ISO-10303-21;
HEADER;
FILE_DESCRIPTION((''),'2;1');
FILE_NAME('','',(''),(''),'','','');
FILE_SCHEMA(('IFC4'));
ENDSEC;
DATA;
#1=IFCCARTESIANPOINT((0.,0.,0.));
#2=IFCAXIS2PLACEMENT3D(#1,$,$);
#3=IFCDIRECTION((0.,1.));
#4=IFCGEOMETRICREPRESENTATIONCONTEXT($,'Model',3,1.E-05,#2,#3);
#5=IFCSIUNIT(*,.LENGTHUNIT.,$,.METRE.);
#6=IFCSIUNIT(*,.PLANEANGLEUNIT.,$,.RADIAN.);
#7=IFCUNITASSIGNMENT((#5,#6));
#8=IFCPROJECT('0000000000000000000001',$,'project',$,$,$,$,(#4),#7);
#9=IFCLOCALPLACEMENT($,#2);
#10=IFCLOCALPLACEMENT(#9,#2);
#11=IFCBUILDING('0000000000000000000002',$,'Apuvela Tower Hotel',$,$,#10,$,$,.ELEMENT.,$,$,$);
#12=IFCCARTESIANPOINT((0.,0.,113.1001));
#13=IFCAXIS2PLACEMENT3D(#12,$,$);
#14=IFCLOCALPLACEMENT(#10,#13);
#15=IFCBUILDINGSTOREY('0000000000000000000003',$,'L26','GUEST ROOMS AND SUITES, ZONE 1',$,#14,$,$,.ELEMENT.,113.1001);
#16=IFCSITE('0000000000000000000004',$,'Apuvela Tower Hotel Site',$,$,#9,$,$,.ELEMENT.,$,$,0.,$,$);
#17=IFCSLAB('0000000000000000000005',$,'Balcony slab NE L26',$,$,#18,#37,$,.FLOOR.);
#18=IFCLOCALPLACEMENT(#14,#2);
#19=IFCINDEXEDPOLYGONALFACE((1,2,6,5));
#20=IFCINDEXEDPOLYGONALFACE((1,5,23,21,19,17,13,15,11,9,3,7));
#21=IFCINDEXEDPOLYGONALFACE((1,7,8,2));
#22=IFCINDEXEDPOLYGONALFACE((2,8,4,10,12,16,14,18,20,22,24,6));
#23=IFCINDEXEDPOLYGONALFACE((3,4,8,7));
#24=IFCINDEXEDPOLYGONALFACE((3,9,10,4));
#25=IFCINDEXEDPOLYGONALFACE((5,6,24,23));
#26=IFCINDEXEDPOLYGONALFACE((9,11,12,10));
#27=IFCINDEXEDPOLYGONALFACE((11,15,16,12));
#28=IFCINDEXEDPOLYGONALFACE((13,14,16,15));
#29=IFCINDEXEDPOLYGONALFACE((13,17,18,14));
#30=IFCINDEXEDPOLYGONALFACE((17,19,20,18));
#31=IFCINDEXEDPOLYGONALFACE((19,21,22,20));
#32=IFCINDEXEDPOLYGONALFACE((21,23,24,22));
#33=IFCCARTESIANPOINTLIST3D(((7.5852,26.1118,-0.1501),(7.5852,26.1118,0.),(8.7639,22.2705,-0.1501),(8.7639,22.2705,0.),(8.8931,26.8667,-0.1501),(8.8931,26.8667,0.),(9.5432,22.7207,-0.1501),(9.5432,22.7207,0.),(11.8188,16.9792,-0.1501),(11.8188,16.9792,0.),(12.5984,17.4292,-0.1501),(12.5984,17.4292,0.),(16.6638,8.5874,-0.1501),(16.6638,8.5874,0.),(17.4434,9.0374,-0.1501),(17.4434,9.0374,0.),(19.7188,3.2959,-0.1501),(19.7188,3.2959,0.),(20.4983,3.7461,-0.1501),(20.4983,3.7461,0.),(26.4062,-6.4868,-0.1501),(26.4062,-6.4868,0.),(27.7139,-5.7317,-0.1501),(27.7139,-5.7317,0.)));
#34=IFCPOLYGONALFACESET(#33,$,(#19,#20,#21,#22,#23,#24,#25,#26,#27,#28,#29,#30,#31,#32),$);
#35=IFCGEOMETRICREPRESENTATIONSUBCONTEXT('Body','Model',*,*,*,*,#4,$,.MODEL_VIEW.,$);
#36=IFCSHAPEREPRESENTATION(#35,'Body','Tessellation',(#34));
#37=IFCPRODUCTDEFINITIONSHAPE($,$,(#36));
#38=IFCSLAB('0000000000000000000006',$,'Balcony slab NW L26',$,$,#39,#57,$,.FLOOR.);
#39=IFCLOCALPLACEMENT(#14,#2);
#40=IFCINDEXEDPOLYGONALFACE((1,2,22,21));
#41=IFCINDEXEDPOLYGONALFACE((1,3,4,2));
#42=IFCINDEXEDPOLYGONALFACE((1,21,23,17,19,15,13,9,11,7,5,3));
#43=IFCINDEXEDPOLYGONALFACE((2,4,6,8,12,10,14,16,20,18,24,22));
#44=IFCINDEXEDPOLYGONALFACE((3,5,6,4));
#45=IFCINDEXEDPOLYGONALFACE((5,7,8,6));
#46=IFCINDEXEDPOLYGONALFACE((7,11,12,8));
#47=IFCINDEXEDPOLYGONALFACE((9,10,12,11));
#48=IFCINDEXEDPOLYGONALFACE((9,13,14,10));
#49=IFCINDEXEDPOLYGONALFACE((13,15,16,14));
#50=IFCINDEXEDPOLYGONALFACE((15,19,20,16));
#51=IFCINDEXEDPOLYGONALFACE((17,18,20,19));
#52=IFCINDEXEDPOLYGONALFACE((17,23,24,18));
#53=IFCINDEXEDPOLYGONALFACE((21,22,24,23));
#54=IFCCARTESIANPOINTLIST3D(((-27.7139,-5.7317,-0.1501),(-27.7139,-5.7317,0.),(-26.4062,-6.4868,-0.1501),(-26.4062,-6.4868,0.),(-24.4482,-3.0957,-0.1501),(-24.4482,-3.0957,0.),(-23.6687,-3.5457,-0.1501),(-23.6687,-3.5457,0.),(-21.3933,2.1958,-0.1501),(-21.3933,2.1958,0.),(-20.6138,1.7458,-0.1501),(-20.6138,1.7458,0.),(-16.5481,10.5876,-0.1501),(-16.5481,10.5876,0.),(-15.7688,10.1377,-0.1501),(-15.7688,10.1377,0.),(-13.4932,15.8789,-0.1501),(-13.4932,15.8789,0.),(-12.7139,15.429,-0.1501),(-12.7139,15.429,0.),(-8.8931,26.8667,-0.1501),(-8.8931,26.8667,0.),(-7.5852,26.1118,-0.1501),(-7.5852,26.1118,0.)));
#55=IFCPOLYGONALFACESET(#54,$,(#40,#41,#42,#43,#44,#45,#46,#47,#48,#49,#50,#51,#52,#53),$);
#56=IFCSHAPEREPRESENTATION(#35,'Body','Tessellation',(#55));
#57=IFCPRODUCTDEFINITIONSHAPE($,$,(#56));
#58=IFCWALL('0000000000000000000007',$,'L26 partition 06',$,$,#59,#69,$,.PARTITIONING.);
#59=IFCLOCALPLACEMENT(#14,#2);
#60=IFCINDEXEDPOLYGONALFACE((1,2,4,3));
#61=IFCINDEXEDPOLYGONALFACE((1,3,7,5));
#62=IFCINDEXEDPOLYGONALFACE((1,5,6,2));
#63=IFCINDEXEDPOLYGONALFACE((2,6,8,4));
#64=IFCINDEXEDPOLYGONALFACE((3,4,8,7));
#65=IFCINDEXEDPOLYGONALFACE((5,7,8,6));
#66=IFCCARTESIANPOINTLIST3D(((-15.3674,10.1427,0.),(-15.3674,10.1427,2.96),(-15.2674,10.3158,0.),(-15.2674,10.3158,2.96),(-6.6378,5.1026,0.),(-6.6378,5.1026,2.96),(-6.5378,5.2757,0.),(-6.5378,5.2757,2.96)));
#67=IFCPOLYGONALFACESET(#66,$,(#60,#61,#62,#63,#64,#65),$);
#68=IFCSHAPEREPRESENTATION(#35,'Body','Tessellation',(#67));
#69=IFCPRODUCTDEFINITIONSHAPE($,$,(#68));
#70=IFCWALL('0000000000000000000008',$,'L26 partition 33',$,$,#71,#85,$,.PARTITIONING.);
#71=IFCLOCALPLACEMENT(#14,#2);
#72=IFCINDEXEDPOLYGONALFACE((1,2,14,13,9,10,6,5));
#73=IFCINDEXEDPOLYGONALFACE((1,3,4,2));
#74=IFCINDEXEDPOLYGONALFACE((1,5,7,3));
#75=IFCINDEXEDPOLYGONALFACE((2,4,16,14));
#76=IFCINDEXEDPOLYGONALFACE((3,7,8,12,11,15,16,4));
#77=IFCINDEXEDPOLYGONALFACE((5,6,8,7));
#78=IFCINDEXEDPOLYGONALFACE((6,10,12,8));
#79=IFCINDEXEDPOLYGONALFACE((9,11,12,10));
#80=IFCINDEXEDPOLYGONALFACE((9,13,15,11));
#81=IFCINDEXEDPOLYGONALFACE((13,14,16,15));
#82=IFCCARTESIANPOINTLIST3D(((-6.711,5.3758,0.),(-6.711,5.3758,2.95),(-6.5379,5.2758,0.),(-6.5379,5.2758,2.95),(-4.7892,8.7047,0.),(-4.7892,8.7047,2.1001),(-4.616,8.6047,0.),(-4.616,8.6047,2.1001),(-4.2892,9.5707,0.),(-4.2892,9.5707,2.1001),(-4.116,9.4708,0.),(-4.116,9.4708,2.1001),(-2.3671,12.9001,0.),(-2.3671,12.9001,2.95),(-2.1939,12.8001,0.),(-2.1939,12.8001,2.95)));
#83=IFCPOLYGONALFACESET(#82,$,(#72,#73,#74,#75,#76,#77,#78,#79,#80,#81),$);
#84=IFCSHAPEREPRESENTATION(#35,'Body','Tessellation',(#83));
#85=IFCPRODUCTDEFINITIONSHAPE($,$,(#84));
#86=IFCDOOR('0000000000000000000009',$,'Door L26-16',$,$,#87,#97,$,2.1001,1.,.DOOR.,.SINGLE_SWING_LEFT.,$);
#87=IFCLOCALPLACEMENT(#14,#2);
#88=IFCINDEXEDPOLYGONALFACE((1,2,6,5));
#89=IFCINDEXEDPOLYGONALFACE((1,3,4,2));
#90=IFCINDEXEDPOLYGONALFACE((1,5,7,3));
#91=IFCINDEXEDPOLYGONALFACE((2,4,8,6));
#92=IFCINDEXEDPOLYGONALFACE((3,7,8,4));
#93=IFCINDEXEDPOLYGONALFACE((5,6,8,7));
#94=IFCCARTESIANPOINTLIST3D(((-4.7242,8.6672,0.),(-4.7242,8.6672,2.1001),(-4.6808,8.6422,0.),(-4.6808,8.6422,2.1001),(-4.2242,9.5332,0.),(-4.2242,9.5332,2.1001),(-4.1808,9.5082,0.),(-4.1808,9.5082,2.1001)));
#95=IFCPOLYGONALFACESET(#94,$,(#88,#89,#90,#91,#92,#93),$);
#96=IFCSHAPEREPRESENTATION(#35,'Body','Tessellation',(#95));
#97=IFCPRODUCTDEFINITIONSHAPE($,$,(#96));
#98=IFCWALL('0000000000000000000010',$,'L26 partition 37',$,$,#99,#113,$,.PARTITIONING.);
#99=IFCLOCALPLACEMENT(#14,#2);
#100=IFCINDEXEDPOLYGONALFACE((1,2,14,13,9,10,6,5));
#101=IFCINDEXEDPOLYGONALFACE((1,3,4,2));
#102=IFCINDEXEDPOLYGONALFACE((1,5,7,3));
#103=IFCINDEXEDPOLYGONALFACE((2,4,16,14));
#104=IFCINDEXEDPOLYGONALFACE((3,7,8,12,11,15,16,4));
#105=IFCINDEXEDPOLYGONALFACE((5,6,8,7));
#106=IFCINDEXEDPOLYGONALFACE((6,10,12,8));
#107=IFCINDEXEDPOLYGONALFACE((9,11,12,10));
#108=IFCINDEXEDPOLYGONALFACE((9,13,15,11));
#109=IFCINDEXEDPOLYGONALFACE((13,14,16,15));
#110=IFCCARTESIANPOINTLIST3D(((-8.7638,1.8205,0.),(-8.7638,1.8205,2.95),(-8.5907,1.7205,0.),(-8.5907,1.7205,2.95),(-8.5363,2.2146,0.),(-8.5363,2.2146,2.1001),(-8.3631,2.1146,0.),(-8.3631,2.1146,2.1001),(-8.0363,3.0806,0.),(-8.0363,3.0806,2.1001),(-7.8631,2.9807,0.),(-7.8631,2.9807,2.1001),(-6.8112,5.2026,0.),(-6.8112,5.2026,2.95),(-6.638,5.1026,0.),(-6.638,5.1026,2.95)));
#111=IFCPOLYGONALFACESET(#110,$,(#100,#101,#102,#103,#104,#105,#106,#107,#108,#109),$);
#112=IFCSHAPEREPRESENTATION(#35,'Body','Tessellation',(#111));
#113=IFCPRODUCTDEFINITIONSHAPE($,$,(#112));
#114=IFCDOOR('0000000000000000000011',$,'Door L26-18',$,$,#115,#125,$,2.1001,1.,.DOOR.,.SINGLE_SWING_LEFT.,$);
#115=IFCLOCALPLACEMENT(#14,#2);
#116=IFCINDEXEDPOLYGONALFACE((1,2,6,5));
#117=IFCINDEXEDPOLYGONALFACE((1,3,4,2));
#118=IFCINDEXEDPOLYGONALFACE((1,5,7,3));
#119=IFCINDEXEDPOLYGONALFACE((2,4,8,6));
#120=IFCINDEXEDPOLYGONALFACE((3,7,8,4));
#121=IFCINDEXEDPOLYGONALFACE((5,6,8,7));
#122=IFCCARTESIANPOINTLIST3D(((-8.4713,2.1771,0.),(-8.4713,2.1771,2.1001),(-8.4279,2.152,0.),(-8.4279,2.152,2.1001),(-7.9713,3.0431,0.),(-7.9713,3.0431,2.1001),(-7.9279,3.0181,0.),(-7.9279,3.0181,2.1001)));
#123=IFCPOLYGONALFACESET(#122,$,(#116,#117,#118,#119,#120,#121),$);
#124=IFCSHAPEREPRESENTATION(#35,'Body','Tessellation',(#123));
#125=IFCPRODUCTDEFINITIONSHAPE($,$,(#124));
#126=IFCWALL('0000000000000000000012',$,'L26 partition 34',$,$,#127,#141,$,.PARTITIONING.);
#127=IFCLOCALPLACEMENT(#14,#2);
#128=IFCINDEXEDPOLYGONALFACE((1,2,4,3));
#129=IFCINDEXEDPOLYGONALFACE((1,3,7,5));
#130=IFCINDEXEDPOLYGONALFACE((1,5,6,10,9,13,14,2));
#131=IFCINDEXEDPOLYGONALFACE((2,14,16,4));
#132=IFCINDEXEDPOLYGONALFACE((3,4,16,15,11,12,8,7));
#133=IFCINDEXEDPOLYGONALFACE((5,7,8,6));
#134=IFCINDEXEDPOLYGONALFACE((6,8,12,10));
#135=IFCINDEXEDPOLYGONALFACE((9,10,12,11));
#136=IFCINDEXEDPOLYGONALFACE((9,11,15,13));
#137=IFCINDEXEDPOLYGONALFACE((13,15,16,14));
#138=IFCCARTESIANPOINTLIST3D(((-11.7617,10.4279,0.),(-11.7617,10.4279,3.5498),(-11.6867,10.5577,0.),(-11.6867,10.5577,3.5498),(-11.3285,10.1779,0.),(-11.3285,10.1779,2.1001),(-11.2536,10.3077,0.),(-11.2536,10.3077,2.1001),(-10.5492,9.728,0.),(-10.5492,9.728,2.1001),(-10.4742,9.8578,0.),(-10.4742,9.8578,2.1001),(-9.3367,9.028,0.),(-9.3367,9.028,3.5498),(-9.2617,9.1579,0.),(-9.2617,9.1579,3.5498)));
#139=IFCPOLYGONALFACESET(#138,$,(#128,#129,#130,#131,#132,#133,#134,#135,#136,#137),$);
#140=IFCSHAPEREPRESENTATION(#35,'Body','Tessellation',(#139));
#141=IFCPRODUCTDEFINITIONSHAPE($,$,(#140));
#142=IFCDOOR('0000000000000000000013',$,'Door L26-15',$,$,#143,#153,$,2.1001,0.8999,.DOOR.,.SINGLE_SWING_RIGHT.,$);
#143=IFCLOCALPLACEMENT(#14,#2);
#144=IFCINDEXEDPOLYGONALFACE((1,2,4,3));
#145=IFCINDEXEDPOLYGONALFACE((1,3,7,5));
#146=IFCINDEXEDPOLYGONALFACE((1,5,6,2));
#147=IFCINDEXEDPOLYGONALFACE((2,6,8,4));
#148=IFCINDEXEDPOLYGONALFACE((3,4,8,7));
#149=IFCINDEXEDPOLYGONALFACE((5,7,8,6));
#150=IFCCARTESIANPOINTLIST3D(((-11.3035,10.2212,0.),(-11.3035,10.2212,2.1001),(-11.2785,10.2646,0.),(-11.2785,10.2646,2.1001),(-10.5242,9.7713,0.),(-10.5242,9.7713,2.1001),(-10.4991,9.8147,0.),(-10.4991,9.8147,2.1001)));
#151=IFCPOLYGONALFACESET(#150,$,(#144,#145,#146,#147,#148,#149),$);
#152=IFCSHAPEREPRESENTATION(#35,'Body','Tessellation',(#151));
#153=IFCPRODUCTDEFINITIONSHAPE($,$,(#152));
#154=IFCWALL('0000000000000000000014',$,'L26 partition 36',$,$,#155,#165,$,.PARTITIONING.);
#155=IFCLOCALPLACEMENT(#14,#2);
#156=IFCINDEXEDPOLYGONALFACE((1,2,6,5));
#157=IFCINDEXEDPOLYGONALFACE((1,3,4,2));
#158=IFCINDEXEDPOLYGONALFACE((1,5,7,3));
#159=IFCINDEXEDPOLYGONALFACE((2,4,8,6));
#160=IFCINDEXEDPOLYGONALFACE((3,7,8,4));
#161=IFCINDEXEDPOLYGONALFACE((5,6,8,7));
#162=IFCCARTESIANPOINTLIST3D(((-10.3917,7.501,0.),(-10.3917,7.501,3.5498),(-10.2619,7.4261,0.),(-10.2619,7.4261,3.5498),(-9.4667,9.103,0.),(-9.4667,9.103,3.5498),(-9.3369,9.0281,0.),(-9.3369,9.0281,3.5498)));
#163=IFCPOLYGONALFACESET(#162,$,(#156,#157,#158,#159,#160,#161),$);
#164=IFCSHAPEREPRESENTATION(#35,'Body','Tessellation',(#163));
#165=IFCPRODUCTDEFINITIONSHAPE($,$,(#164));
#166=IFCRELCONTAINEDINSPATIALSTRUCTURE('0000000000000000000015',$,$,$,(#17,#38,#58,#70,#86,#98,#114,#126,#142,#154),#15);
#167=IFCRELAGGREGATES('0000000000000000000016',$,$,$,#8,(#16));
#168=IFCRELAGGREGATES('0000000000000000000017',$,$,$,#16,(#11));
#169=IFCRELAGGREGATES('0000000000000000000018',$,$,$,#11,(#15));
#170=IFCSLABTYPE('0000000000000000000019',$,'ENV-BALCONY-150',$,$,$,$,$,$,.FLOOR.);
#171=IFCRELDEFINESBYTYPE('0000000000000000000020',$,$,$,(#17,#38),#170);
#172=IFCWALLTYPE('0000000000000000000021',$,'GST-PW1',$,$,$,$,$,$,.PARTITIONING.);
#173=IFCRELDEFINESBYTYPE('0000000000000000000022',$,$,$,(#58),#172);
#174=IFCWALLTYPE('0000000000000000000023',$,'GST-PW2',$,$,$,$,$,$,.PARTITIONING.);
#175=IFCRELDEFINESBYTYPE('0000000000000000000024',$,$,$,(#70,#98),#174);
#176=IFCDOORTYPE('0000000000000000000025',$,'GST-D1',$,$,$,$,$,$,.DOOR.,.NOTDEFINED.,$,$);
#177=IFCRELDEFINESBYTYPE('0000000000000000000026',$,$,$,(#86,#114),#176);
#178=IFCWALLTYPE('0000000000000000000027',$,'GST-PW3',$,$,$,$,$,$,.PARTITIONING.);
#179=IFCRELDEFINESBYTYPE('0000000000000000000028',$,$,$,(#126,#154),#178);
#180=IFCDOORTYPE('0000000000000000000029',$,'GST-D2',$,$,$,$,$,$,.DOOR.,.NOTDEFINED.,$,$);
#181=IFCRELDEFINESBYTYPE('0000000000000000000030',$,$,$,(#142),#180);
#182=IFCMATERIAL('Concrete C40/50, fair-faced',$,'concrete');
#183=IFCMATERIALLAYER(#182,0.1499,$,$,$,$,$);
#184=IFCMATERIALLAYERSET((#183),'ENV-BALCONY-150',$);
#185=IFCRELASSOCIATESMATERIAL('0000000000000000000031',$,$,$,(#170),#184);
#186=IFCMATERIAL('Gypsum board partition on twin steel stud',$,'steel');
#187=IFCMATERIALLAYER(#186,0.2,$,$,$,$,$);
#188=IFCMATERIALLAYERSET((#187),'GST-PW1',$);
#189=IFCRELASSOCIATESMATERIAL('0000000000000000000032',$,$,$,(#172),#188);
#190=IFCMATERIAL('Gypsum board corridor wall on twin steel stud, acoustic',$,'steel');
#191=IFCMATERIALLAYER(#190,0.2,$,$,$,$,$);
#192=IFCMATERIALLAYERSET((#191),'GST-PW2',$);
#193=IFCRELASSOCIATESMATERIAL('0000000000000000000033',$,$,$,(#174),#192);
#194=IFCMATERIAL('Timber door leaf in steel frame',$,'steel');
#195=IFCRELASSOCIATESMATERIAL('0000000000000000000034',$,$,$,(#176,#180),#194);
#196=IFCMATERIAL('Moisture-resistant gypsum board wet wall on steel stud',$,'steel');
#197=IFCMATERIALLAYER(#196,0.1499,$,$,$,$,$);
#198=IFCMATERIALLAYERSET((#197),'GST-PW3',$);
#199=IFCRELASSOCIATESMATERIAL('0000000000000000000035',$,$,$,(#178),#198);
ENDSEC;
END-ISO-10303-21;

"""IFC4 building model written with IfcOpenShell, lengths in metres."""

from ifc_helpers import new_model, si_unit, direction, frame, frame_2d, origin, place, context, subcontext, project, spatial, polyline, rectangle, outline, extrude, material, layer, layer_set, type_object, element, fill, save


model = new_model("IFC4")

# Units and contexts
model_context = context("Model", 3, precision=1e-05, world=origin(), true_north=direction((0.0, 1.0)))
body_context = subcontext(model_context, "Body", "Model", "MODEL_VIEW")
ifc_project = project(units=[si_unit("LENGTHUNIT", "METRE"), si_unit("PLANEANGLEUNIT", "RADIAN")], contexts=[model_context])

# Site, building, storey
site_placement = place(None, origin())
site = spatial("IfcSite", under=ifc_project, at=site_placement, Name="Apuvela Tower Hotel Site", CompositionType="ELEMENT", RefElevation=0.0)
building_placement = place(site_placement, origin())
building = spatial("IfcBuilding", under=site, at=building_placement, Name="Apuvela Tower Hotel", CompositionType="ELEMENT")
storey_placement = place(building_placement, frame((0.0, 0.0, 113.1001)))
storey = spatial("IfcBuildingStorey", under=building, at=storey_placement, Name="L26", Description="GUEST ROOMS AND SUITES, ZONE 1", CompositionType="ELEMENT", Elevation=113.1001)

# Slabs
ifc_material_1 = material(Name="Concrete C40/50, fair-faced", Category="concrete")
ifc_layer_1 = layer(ifc_material_1, 0.1499)
ifc_layer_set_1 = layer_set([ifc_layer_1], Name="ENV-BALCONY-150")
slab_type_1 = type_object("IfcSlabType", Name="ENV-BALCONY-150", PredefinedType="FLOOR", material=ifc_layer_set_1)
slab_1_placement = place(storey_placement, frame((0.0, 0.0, -0.1501)))
element("IfcSlab", 1, at=slab_1_placement, inside=storey, type_object=slab_type_1, Name="Balcony slab NE L26", PredefinedType="FLOOR", context=body_context, shape_type="SweptSolid", body=[
    extrude(outline(polyline([(17.4434, 9.0374), (12.5984, 17.4292), (11.8188, 16.9792), (8.7639, 22.2705), (9.5432, 22.7207), (7.5852, 26.1118), (8.8931, 26.8667), (27.7139, -5.7317), (26.4062, -6.4868), (20.4983, 3.7461), (19.7188, 3.2959), (16.6638, 8.5874), (17.4434, 9.0374)])), origin(), (0.0, 0.0, 1.0), 0.1501),
])
slab_2_placement = place(storey_placement, frame((0.0, 0.0, -0.1501)))
element("IfcSlab", 2, at=slab_2_placement, inside=storey, type_object=slab_type_1, Name="Balcony slab NW L26", PredefinedType="FLOOR", context=body_context, shape_type="SweptSolid", body=[
    extrude(outline(polyline([(-27.7139, -5.7317), (-8.8931, 26.8667), (-7.5852, 26.1118), (-13.4932, 15.8789), (-12.7139, 15.429), (-15.7688, 10.1377), (-16.5481, 10.5876), (-21.3933, 2.1958), (-20.6138, 1.7458), (-23.6687, -3.5457), (-24.4482, -3.0957), (-26.4062, -6.4868), (-27.7139, -5.7317)])), origin(), (0.0, 0.0, 1.0), 0.1501),
])

# Wall
ifc_material_2 = material(Name="Gypsum board partition on twin steel stud", Category="steel")
ifc_layer_2 = layer(ifc_material_2, 0.2)
ifc_layer_set_2 = layer_set([ifc_layer_2], Name="GST-PW1")
wall_type_1 = type_object("IfcWallType", Name="GST-PW1", PredefinedType="PARTITIONING", material=ifc_layer_set_2)
wall_1_placement = place(storey_placement, frame((-15.3174, 10.2292, 0.0), z_axis=(0.0, 0.0, 1.0), x_axis=(0.866023, -0.500005, 0.0)))
element("IfcWall", 3, at=wall_1_placement, inside=storey, type_object=wall_type_1, Name="L26 partition 06", PredefinedType="PARTITIONING", context=body_context, shape_type="SweptSolid", body=[
    extrude(rectangle(XDim=10.0801, YDim=0.2, at=frame_2d((5.04, 0.0))), origin(), (0.0, 0.0, 1.0), 2.96),
])

# Walls, openings, doors
ifc_material_3 = material(Name="Gypsum board corridor wall on twin steel stud, acoustic", Category="steel")
ifc_layer_3 = layer(ifc_material_3, 0.2)
ifc_layer_set_3 = layer_set([ifc_layer_3], Name="GST-PW2")
wall_type_2 = type_object("IfcWallType", Name="GST-PW2", PredefinedType="PARTITIONING", material=ifc_layer_set_3)
wall_2_placement = place(storey_placement, frame((-6.6245, 5.3257, 0.0), z_axis=(0.0, 0.0, 1.0), x_axis=(0.49998, 0.866037, 0.0)))
wall_2 = element("IfcWall", 4, at=wall_2_placement, inside=storey, type_object=wall_type_2, Name="L26 partition 33", PredefinedType="PARTITIONING", context=body_context, shape_type="SweptSolid", body=[
    extrude(rectangle(XDim=8.6882, YDim=0.2, at=frame_2d((4.3442, 0.0))), origin(), (0.0, 0.0, 1.0), 2.95),
])
opening_1_placement = place(wall_2_placement, frame((3.844, 0.0, 0.0)))
opening_1 = element("IfcOpeningElement", 5, at=opening_1_placement, cuts=wall_2, PredefinedType="OPENING", context=body_context, shape_type="SweptSolid", body=[
    extrude(rectangle(XDim=1.0, YDim=2.1001, at=frame_2d((0.5, 1.05))), frame((0.0, 0.1099, 0.0), z_axis=(0.0, -1.0, 0.0), x_axis=(1.0, 0.0, 0.0)), (0.0, 0.0, 1.0), 0.22),
])
ifc_material_4 = material(Name="Timber door leaf in steel frame", Category="steel")
door_type_1 = type_object("IfcDoorType", Name="GST-D1", OperationType="NOTDEFINED", PredefinedType="DOOR", material=ifc_material_4)
door_1_placement = place(opening_1_placement, origin())
door_1 = element("IfcDoor", 6, at=door_1_placement, inside=storey, type_object=door_type_1, Name="Door L26-16", OperationType="SINGLE_SWING_LEFT", OverallHeight=2.1001, OverallWidth=1.0, PredefinedType="DOOR", context=body_context, shape_type="SweptSolid", body=[
    extrude(rectangle(XDim=1.0, YDim=2.1001, at=frame_2d((0.5, 1.05))), frame((0.0, 0.0249, 0.0), z_axis=(0.0, -1.0, 0.0), x_axis=(1.0, 0.0, 0.0)), (0.0, 0.0, 1.0), 0.05),
])
fill(opening_1, door_1)
wall_3_placement = place(storey_placement, frame((-8.6772, 1.7705, 0.0), z_axis=(0.0, 0.0, 1.0), x_axis=(0.499998, 0.866026, 0.0)))
wall_3 = element("IfcWall", 7, at=wall_3_placement, inside=storey, type_object=wall_type_2, Name="L26 partition 37", PredefinedType="PARTITIONING", context=body_context, shape_type="SweptSolid", body=[
    extrude(rectangle(XDim=3.9053, YDim=0.2, at=frame_2d((1.9526, 0.0))), origin(), (0.0, 0.0, 1.0), 2.95),
])
opening_2_placement = place(wall_3_placement, frame((0.4551, 0.0, 0.0)))
opening_2 = element("IfcOpeningElement", 8, at=opening_2_placement, cuts=wall_3, PredefinedType="OPENING", context=body_context, shape_type="SweptSolid", body=[
    extrude(rectangle(XDim=1.0, YDim=2.1001, at=frame_2d((0.5, 1.05))), frame((0.0, 0.1099, 0.0), z_axis=(0.0, -1.0, 0.0), x_axis=(1.0, 0.0, 0.0)), (0.0, 0.0, 1.0), 0.22),
])
door_2_placement = place(opening_2_placement, origin())
door_2 = element("IfcDoor", 9, at=door_2_placement, inside=storey, type_object=door_type_1, Name="Door L26-18", OperationType="SINGLE_SWING_LEFT", OverallHeight=2.1001, OverallWidth=1.0, PredefinedType="DOOR", context=body_context, shape_type="SweptSolid", body=[
    extrude(rectangle(XDim=1.0, YDim=2.1001, at=frame_2d((0.5, 1.05))), frame((0.0, 0.0249, 0.0), z_axis=(0.0, -1.0, 0.0), x_axis=(1.0, 0.0, 0.0)), (0.0, 0.0, 1.0), 0.05),
])
fill(opening_2, door_2)
ifc_material_5 = material(Name="Moisture-resistant gypsum board wet wall on steel stud", Category="steel")
ifc_layer_4 = layer(ifc_material_5, 0.1499)
ifc_layer_set_4 = layer_set([ifc_layer_4], Name="GST-PW3")
wall_type_3 = type_object("IfcWallType", Name="GST-PW3", PredefinedType="PARTITIONING", material=ifc_layer_set_4)
wall_4_placement = place(storey_placement, frame((-9.2993, 9.093, 0.0), z_axis=(0.0, 0.0, 1.0), x_axis=(-0.866056, 0.499946, 0.0)))
wall_4 = element("IfcWall", 10, at=wall_4_placement, inside=storey, type_object=wall_type_3, Name="L26 partition 34", PredefinedType="PARTITIONING", context=body_context, shape_type="SweptSolid", body=[
    extrude(rectangle(XDim=2.8, YDim=0.1499, at=frame_2d((1.3999, 0.0))), origin(), (0.0, 0.0, 1.0), 3.5498),
])
opening_3_placement = place(wall_4_placement, frame((1.3999, 0.0, 0.0)))
opening_3 = element("IfcOpeningElement", 11, at=opening_3_placement, cuts=wall_4, PredefinedType="OPENING", context=body_context, shape_type="SweptSolid", body=[
    extrude(rectangle(XDim=0.8999, YDim=2.1001, at=frame_2d((0.45, 1.05))), frame((0.0, 0.085, 0.0), z_axis=(0.0, -1.0, 0.0), x_axis=(1.0, 0.0, 0.0)), (0.0, 0.0, 1.0), 0.1699),
])
door_type_2 = type_object("IfcDoorType", Name="GST-D2", OperationType="NOTDEFINED", PredefinedType="DOOR", material=ifc_material_4)
door_3_placement = place(opening_3_placement, origin())
door_3 = element("IfcDoor", 12, at=door_3_placement, inside=storey, type_object=door_type_2, Name="Door L26-15", OperationType="SINGLE_SWING_RIGHT", OverallHeight=2.1001, OverallWidth=0.8999, PredefinedType="DOOR", context=body_context, shape_type="SweptSolid", body=[
    extrude(rectangle(XDim=0.8999, YDim=2.1001, at=frame_2d((0.45, 1.05))), frame((0.0, 0.0249, 0.0), z_axis=(0.0, -1.0, 0.0), x_axis=(1.0, 0.0, 0.0)), (0.0, 0.0, 1.0), 0.05),
])
fill(opening_3, door_3)

# Wall
wall_5_placement = place(storey_placement, frame((-9.4019, 9.0654, 0.0), z_axis=(0.0, 0.0, 1.0), x_axis=(-0.500042, -0.866001, 0.0)))
element("IfcWall", 13, at=wall_5_placement, inside=storey, type_object=wall_type_3, Name="L26 partition 36", PredefinedType="PARTITIONING", context=body_context, shape_type="SweptSolid", body=[
    extrude(rectangle(XDim=1.8499, YDim=0.1499, at=frame_2d((0.9248, 0.0))), origin(), (0.0, 0.0, 1.0), 3.5498),
])

save(model, "model.ifc")
